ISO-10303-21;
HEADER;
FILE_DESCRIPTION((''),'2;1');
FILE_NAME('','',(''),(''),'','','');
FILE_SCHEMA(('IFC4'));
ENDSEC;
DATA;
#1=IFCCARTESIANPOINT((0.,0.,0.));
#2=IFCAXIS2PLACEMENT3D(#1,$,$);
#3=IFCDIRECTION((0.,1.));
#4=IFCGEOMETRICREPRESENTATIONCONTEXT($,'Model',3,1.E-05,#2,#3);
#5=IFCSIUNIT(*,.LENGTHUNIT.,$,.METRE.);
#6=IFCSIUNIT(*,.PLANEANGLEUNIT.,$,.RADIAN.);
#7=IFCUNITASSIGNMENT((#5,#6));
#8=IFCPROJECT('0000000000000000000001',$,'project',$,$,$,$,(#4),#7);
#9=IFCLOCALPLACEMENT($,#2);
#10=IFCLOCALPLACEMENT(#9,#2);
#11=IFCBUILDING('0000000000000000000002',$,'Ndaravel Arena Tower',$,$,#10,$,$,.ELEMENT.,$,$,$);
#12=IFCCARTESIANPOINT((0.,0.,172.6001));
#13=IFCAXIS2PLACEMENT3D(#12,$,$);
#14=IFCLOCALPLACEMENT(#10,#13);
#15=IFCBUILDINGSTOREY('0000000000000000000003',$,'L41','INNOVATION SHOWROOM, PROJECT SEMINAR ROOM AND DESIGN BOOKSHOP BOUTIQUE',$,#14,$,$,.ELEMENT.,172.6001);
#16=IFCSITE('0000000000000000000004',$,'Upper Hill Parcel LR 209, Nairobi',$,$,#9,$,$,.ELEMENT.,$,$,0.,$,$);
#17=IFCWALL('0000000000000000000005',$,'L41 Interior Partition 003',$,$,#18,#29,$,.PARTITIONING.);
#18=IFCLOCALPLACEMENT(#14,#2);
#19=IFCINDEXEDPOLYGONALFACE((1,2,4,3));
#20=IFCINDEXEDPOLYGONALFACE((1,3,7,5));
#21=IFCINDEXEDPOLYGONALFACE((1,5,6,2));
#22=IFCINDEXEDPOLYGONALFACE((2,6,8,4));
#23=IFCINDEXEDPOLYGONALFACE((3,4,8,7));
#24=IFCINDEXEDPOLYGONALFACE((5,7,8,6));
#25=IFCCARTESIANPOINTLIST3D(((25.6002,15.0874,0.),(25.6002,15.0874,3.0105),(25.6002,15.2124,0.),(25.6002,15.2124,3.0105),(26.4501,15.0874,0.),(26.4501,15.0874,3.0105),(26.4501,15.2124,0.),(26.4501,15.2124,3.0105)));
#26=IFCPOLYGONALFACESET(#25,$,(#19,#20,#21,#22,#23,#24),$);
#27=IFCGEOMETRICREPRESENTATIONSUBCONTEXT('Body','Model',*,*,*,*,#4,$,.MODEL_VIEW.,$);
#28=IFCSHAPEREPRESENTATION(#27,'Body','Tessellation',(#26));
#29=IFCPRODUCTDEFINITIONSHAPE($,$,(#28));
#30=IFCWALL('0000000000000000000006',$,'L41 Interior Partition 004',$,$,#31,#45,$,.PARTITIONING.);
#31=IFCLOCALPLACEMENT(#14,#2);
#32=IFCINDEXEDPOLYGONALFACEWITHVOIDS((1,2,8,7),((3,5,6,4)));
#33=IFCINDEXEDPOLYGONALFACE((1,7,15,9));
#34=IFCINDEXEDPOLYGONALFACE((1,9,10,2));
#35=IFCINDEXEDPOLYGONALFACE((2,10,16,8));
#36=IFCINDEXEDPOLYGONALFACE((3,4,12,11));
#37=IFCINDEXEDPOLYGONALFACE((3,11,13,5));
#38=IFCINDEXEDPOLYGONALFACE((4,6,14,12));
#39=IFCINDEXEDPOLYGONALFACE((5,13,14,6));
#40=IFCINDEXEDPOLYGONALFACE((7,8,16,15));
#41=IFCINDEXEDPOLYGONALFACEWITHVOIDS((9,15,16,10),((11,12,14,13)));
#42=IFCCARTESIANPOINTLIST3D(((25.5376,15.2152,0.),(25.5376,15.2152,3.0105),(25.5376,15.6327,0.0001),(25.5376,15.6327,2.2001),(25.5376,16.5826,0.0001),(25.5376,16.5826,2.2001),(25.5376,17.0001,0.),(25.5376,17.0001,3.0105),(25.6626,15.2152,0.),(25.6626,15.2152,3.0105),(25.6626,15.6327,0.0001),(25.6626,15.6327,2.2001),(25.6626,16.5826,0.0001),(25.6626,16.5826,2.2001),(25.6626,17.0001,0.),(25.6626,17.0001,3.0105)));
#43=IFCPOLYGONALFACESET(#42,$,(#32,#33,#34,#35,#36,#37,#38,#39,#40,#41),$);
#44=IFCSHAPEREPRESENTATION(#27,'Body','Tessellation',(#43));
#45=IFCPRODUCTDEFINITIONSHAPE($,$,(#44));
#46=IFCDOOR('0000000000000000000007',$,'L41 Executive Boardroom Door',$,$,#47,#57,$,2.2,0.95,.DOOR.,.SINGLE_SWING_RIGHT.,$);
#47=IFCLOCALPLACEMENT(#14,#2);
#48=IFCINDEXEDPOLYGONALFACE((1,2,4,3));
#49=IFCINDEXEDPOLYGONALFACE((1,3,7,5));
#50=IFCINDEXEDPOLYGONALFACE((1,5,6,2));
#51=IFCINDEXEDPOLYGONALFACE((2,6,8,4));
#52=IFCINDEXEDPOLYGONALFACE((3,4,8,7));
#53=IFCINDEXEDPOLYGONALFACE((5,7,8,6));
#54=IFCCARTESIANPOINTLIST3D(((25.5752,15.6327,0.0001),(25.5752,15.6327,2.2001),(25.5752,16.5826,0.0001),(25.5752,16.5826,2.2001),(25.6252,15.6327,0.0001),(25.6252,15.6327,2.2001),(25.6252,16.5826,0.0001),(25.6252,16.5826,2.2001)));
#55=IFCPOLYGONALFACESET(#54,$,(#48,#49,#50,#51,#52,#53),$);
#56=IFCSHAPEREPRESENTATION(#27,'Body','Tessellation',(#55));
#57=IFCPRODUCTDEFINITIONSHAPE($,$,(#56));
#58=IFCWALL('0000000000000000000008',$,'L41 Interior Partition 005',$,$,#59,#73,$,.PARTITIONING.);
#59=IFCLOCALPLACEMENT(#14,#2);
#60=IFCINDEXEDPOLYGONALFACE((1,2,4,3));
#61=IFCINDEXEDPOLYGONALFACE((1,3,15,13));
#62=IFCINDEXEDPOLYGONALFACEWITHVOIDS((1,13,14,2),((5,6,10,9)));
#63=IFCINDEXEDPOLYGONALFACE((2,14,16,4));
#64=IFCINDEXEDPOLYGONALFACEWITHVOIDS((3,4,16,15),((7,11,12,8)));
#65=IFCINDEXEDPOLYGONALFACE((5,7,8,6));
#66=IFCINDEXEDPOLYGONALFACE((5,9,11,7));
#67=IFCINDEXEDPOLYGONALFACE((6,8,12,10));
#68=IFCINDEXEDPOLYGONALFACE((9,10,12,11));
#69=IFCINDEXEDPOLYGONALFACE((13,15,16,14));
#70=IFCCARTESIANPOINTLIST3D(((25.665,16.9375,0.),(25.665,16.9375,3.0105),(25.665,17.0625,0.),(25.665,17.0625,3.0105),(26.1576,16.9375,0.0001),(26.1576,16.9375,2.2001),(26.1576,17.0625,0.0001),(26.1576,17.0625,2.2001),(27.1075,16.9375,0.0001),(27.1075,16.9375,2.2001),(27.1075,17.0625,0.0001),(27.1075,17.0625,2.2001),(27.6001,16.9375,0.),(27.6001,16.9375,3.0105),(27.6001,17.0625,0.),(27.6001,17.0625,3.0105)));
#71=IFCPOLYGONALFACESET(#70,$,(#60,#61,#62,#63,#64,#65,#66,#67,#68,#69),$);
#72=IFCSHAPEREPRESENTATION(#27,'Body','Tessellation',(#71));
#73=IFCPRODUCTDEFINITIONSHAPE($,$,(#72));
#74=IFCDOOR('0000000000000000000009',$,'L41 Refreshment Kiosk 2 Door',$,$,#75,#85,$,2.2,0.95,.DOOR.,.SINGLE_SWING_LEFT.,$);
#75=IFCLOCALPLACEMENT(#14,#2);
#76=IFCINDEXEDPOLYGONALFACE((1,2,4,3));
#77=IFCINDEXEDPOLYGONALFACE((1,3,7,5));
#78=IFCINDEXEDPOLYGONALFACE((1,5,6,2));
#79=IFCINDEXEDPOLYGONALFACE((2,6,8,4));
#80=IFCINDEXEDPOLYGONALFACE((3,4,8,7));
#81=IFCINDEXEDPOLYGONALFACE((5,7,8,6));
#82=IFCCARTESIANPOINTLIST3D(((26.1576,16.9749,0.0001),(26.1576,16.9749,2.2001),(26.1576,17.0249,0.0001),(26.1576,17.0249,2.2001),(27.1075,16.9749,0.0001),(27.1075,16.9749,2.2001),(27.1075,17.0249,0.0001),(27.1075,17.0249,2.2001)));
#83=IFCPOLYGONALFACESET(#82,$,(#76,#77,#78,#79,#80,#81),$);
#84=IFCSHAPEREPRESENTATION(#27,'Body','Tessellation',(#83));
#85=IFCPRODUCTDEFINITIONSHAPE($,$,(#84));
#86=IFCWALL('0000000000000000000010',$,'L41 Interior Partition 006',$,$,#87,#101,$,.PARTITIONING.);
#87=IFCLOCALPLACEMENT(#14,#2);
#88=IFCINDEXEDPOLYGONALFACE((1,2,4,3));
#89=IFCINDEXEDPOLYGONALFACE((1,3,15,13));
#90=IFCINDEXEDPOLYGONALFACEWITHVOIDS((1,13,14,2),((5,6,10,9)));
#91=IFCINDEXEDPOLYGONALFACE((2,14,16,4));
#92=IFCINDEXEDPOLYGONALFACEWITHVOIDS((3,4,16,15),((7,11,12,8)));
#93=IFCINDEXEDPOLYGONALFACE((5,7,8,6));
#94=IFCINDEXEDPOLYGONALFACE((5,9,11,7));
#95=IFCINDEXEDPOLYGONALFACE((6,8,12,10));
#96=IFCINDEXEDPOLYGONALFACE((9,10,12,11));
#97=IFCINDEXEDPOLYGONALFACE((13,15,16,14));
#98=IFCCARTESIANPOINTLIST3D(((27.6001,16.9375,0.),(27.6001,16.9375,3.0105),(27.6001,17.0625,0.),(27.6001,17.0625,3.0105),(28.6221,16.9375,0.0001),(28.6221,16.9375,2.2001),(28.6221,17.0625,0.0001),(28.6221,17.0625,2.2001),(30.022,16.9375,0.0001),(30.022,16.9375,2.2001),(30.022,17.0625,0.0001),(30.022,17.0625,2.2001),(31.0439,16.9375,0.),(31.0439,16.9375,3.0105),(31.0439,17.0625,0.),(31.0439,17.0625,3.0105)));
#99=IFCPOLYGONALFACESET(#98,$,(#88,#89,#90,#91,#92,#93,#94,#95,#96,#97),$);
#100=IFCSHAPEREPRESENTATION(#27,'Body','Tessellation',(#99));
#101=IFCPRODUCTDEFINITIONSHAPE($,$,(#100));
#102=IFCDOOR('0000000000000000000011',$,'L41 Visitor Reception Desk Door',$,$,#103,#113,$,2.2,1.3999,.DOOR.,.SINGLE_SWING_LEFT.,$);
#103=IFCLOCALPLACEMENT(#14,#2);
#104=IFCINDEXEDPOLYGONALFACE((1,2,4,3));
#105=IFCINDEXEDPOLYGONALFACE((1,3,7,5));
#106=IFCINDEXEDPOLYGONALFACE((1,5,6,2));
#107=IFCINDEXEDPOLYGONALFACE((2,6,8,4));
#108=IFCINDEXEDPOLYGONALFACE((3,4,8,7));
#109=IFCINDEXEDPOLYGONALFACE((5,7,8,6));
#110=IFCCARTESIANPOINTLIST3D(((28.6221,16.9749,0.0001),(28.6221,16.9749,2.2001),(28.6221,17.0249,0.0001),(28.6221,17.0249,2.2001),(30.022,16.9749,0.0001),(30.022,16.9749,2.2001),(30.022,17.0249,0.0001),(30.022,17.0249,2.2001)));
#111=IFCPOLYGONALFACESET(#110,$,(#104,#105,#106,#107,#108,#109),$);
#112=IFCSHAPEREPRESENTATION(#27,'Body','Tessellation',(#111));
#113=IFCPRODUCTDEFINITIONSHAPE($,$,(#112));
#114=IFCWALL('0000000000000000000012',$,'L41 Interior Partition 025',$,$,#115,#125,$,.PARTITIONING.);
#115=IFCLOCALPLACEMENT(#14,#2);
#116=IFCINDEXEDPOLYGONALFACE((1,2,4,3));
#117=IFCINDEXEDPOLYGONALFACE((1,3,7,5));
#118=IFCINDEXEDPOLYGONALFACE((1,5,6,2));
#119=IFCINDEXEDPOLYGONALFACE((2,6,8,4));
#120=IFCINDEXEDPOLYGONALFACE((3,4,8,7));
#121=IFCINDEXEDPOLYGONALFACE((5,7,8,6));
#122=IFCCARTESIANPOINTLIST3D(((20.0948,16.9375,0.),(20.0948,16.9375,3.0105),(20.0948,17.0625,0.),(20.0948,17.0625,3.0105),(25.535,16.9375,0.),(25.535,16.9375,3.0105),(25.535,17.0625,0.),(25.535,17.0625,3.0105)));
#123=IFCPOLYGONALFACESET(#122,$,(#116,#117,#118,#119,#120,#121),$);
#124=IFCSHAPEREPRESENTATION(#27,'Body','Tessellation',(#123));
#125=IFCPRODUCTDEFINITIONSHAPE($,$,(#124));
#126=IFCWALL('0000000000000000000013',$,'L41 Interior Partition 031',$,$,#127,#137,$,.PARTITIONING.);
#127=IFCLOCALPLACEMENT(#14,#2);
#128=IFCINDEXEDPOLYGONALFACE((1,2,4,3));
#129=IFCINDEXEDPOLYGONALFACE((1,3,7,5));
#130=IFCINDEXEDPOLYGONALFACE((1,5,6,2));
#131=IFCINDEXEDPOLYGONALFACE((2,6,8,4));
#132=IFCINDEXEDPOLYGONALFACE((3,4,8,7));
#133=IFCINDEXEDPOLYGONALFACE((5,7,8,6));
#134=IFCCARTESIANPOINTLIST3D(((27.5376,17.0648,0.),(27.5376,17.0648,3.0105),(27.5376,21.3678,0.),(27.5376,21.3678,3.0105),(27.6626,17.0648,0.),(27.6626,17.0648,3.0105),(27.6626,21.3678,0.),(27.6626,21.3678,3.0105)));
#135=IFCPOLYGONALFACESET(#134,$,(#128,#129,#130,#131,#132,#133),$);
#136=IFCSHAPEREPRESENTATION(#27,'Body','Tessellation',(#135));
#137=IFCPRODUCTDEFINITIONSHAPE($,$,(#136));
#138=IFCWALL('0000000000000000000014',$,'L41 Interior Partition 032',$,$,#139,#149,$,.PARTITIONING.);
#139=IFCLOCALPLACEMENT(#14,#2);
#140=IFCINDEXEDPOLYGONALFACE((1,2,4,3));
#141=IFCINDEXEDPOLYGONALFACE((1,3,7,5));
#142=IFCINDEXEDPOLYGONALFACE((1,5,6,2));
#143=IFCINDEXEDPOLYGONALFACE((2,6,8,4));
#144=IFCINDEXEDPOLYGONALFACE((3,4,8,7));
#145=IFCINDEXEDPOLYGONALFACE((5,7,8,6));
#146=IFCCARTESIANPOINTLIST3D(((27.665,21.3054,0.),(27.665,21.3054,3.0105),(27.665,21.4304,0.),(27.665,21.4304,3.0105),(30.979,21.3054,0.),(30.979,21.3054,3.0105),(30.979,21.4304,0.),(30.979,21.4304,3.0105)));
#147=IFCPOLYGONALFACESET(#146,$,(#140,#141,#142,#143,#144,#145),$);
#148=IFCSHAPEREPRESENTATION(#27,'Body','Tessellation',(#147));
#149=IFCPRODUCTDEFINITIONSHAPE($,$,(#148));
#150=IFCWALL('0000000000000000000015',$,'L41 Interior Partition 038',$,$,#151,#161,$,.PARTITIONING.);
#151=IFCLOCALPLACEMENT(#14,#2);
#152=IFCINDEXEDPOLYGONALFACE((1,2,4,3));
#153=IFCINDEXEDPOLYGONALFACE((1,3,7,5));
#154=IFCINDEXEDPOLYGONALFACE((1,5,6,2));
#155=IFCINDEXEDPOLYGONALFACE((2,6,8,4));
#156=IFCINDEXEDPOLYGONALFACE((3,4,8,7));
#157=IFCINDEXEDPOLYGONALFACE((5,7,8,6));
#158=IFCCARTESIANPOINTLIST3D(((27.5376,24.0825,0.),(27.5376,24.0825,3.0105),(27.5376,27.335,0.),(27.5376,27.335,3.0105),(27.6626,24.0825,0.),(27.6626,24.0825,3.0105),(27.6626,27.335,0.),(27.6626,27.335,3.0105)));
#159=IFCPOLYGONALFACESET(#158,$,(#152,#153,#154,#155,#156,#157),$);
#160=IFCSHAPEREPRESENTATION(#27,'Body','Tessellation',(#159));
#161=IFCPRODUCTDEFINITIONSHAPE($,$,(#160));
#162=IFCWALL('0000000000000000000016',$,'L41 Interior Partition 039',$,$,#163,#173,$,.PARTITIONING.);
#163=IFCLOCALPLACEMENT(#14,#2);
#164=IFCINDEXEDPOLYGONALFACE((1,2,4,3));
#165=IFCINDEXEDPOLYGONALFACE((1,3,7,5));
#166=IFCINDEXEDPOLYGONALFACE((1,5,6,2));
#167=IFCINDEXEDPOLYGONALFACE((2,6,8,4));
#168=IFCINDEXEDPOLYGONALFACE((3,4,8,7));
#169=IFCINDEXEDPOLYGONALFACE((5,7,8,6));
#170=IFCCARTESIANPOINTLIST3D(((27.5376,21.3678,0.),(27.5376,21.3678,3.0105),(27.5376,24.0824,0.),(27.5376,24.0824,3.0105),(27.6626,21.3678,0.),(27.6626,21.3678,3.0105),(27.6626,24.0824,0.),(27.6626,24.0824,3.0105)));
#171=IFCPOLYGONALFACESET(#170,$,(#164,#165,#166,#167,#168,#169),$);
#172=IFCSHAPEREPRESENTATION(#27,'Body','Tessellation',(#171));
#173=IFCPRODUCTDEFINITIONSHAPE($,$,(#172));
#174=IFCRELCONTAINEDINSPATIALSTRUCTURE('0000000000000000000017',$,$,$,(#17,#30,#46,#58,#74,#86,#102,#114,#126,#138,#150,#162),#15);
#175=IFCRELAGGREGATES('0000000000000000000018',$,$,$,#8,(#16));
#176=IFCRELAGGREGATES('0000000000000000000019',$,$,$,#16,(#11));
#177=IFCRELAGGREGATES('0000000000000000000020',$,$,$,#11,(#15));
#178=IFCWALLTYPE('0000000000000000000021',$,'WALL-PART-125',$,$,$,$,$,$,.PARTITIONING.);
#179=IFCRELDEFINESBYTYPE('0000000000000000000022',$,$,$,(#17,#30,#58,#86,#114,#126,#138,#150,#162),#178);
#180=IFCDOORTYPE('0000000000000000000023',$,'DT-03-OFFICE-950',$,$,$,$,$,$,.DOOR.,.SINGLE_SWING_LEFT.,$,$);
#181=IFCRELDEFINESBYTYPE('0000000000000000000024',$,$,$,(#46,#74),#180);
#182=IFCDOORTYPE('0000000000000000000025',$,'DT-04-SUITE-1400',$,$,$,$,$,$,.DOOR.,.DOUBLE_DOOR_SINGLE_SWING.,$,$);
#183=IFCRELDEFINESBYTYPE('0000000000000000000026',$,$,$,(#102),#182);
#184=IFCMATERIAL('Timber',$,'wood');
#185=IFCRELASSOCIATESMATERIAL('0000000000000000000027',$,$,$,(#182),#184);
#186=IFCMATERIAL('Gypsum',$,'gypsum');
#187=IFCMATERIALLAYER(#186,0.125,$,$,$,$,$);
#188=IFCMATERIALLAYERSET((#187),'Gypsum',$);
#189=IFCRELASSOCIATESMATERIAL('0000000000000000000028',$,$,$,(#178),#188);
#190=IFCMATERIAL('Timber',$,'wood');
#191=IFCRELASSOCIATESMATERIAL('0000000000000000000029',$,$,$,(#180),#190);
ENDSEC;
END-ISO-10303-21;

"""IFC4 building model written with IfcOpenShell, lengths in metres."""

from ifc_helpers import new_model, si_unit, direction, frame, frame_2d, origin, place, context, subcontext, project, spatial, rectangle, extrude, material, layer, layer_set, type_object, element, fill, save


model = new_model("IFC4")

# Units and contexts
model_context = context("Model", 3, precision=1e-05, world=origin(), true_north=direction((0.0, 1.0)))
body_context = subcontext(model_context, "Body", "Model", "MODEL_VIEW")
ifc_project = project(units=[si_unit("LENGTHUNIT", "METRE"), si_unit("PLANEANGLEUNIT", "RADIAN")], contexts=[model_context])

# Site, building, storey
site_placement = place(None, origin())
site = spatial("IfcSite", under=ifc_project, at=site_placement, Name="Upper Hill Parcel LR 209, Nairobi", CompositionType="ELEMENT", RefElevation=0.0)
building_placement = place(site_placement, origin())
building = spatial("IfcBuilding", under=site, at=building_placement, Name="Ndaravel Arena Tower", CompositionType="ELEMENT")
storey_placement = place(building_placement, frame((0.0, 0.0, 172.6001)))
storey = spatial("IfcBuildingStorey", under=building, at=storey_placement, Name="L41", Description="INNOVATION SHOWROOM, PROJECT SEMINAR ROOM AND DESIGN BOOKSHOP BOUTIQUE", CompositionType="ELEMENT", Elevation=172.6001)

# Shared definitions
ifc_material_1 = material(Name="Timber", Category="wood")
door_type_1 = type_object("IfcDoorType", Name="DT-04-SUITE-1400", OperationType="DOUBLE_DOOR_SINGLE_SWING", PredefinedType="DOOR", material=ifc_material_1)

# Wall
ifc_material_2 = material(Name="Gypsum", Category="gypsum")
ifc_layer_1 = layer(ifc_material_2, 0.125)
ifc_layer_set_1 = layer_set([ifc_layer_1], Name="Gypsum")
wall_type_1 = type_object("IfcWallType", Name="WALL-PART-125", PredefinedType="PARTITIONING", material=ifc_layer_set_1)
wall_1_placement = place(storey_placement, frame((26.45, 15.1499, 0.0), z_axis=(0.0, 0.0, 1.0), x_axis=(-1.0, 0.0, 0.0)))
element("IfcWall", 1, at=wall_1_placement, inside=storey, type_object=wall_type_1, Name="L41 Interior Partition 003", PredefinedType="PARTITIONING", context=body_context, shape_type="SweptSolid", body=[
    extrude(rectangle(XDim=0.8499, YDim=0.125, at=frame_2d((0.4248, 0.0))), origin(), (0.0, 0.0, 1.0), 3.0105),
])

# Walls, openings, doors
wall_2_placement = place(storey_placement, frame((25.6001, 15.2151, 0.0), z_axis=(0.0, 0.0, 1.0), x_axis=(0.0, 1.0, 0.0)))
wall_2 = element("IfcWall", 2, at=wall_2_placement, inside=storey, type_object=wall_type_1, Name="L41 Interior Partition 004", PredefinedType="PARTITIONING", context=body_context, shape_type="SweptSolid", body=[
    extrude(rectangle(XDim=1.7849, YDim=0.125, at=frame_2d((0.8926, 0.0))), origin(), (0.0, 0.0, 1.0), 3.0105),
])
opening_1_placement = place(wall_2_placement, frame((0.4175, 0.0, 0.0)))
opening_1 = element("IfcOpeningElement", 3, at=opening_1_placement, cuts=wall_2, PredefinedType="OPENING", context=body_context, shape_type="SweptSolid", body=[
    extrude(rectangle(XDim=0.95, YDim=2.2, at=frame_2d((0.4751, 1.1001))), frame((0.0, 0.0625, 0.0), z_axis=(0.0, -1.0, 0.0), x_axis=(1.0, 0.0, 0.0)), (0.0, 0.0, 1.0), 0.125),
])
ifc_material_3 = material(Name="Timber", Category="wood")
door_type_2 = type_object("IfcDoorType", Name="DT-03-OFFICE-950", OperationType="SINGLE_SWING_LEFT", PredefinedType="DOOR", material=ifc_material_3)
door_1_placement = place(opening_1_placement, origin())
door_1 = element("IfcDoor", 4, at=door_1_placement, inside=storey, type_object=door_type_2, Name="L41 Executive Boardroom Door", OperationType="SINGLE_SWING_RIGHT", OverallHeight=2.2, OverallWidth=0.95, PredefinedType="DOOR", context=body_context, shape_type="SweptSolid", body=[
    extrude(rectangle(XDim=0.95, YDim=2.2, at=frame_2d((0.4751, 1.1001))), frame((0.0, 0.0249, 0.0), z_axis=(0.0, -1.0, 0.0), x_axis=(1.0, 0.0, 0.0)), (0.0, 0.0, 1.0), 0.05),
])
fill(opening_1, door_1)
wall_3_placement = place(storey_placement, frame((25.665, 17.0, 0.0), z_axis=(0.0, 0.0, 1.0), x_axis=(1.0, 0.0, 0.0)))
wall_3 = element("IfcWall", 5, at=wall_3_placement, inside=storey, type_object=wall_type_1, Name="L41 Interior Partition 005", PredefinedType="PARTITIONING", context=body_context, shape_type="SweptSolid", body=[
    extrude(rectangle(XDim=1.9351, YDim=0.125, at=frame_2d((0.9675, 0.0))), origin(), (0.0, 0.0, 1.0), 3.0105),
])
opening_2_placement = place(wall_3_placement, frame((0.4924, 0.0, 0.0)))
opening_2 = element("IfcOpeningElement", 6, at=opening_2_placement, cuts=wall_3, PredefinedType="OPENING", context=body_context, shape_type="SweptSolid", body=[
    extrude(rectangle(XDim=0.95, YDim=2.2, at=frame_2d((0.4751, 1.1001))), frame((0.0, 0.0625, 0.0), z_axis=(0.0, -1.0, 0.0), x_axis=(1.0, 0.0, 0.0)), (0.0, 0.0, 1.0), 0.125),
])
door_2_placement = place(opening_2_placement, origin())
door_2 = element("IfcDoor", 7, at=door_2_placement, inside=storey, type_object=door_type_2, Name="L41 Refreshment Kiosk 2 Door", OperationType="SINGLE_SWING_LEFT", OverallHeight=2.2, OverallWidth=0.95, PredefinedType="DOOR", context=body_context, shape_type="SweptSolid", body=[
    extrude(rectangle(XDim=0.95, YDim=2.2, at=frame_2d((0.4751, 1.1001))), frame((0.0, 0.0249, 0.0), z_axis=(0.0, -1.0, 0.0), x_axis=(1.0, 0.0, 0.0)), (0.0, 0.0, 1.0), 0.05),
])
fill(opening_2, door_2)
wall_4_placement = place(storey_placement, frame((27.6001, 17.0, 0.0), z_axis=(0.0, 0.0, 1.0), x_axis=(1.0, 0.0, 0.0)))
wall_4 = element("IfcWall", 8, at=wall_4_placement, inside=storey, type_object=wall_type_1, Name="L41 Interior Partition 006", PredefinedType="PARTITIONING", context=body_context, shape_type="SweptSolid", body=[
    extrude(rectangle(XDim=3.4438, YDim=0.125, at=frame_2d((1.7219, 0.0))), origin(), (0.0, 0.0, 1.0), 3.0105),
])
opening_3_placement = place(wall_4_placement, frame((1.022, 0.0, 0.0)))
opening_3 = element("IfcOpeningElement", 9, at=opening_3_placement, cuts=wall_4, PredefinedType="OPENING", context=body_context, shape_type="SweptSolid", body=[
    extrude(rectangle(XDim=1.3999, YDim=2.2, at=frame_2d((0.7, 1.1001))), frame((0.0, 0.0625, 0.0), z_axis=(0.0, -1.0, 0.0), x_axis=(1.0, 0.0, 0.0)), (0.0, 0.0, 1.0), 0.125),
])
door_3_placement = place(opening_3_placement, origin())
door_3 = element("IfcDoor", 10, at=door_3_placement, inside=storey, type_object=door_type_1, Name="L41 Visitor Reception Desk Door", OperationType="SINGLE_SWING_LEFT", OverallHeight=2.2, OverallWidth=1.3999, PredefinedType="DOOR", context=body_context, shape_type="SweptSolid", body=[
    extrude(rectangle(XDim=1.3999, YDim=2.2, at=frame_2d((0.7, 1.1001))), frame((0.0, 0.0249, 0.0), z_axis=(0.0, -1.0, 0.0), x_axis=(1.0, 0.0, 0.0)), (0.0, 0.0, 1.0), 0.05),
])
fill(opening_3, door_3)

# Walls
wall_5_placement = place(storey_placement, frame((20.0947, 17.0, 0.0), z_axis=(0.0, 0.0, 1.0), x_axis=(1.0, 0.0, 0.0)))
element("IfcWall", 11, at=wall_5_placement, inside=storey, type_object=wall_type_1, Name="L41 Interior Partition 025", PredefinedType="PARTITIONING", context=body_context, shape_type="SweptSolid", body=[
    extrude(rectangle(XDim=5.4402, YDim=0.125, at=frame_2d((2.7202, 0.0))), origin(), (0.0, 0.0, 1.0), 3.0105),
])
wall_6_placement = place(storey_placement, frame((27.6001, 17.0649, 0.0), z_axis=(0.0, 0.0, 1.0), x_axis=(0.0, 1.0, 0.0)))
element("IfcWall", 12, at=wall_6_placement, inside=storey, type_object=wall_type_1, Name="L41 Interior Partition 031", PredefinedType="PARTITIONING", context=body_context, shape_type="SweptSolid", body=[
    extrude(rectangle(XDim=4.303, YDim=0.125, at=frame_2d((2.1514, 0.0))), origin(), (0.0, 0.0, 1.0), 3.0105),
])
wall_7_placement = place(storey_placement, frame((27.665, 21.3679, 0.0), z_axis=(0.0, 0.0, 1.0), x_axis=(1.0, 0.0, 0.0)))
element("IfcWall", 13, at=wall_7_placement, inside=storey, type_object=wall_type_1, Name="L41 Interior Partition 032", PredefinedType="PARTITIONING", context=body_context, shape_type="SweptSolid", body=[
    extrude(rectangle(XDim=3.314, YDim=0.125, at=frame_2d((1.657, 0.0))), origin(), (0.0, 0.0, 1.0), 3.0105),
])
wall_8_placement = place(storey_placement, frame((27.6001, 27.335, 0.0), z_axis=(0.0, 0.0, 1.0), x_axis=(0.0, -1.0, 0.0)))
element("IfcWall", 14, at=wall_8_placement, inside=storey, type_object=wall_type_1, Name="L41 Interior Partition 038", PredefinedType="PARTITIONING", context=body_context, shape_type="SweptSolid", body=[
    extrude(rectangle(XDim=3.2524, YDim=0.125, at=frame_2d((1.6262, 0.0))), origin(), (0.0, 0.0, 1.0), 3.0105),
])
wall_9_placement = place(storey_placement, frame((27.6001, 24.0825, 0.0), z_axis=(0.0, 0.0, 1.0), x_axis=(0.0, -1.0, 0.0)))
element("IfcWall", 15, at=wall_9_placement, inside=storey, type_object=wall_type_1, Name="L41 Interior Partition 039", PredefinedType="PARTITIONING", context=body_context, shape_type="SweptSolid", body=[
    extrude(rectangle(XDim=2.7146, YDim=0.125, at=frame_2d((1.3574, 0.0))), origin(), (0.0, 0.0, 1.0), 3.0105),
])

save(model, "model.ifc")
